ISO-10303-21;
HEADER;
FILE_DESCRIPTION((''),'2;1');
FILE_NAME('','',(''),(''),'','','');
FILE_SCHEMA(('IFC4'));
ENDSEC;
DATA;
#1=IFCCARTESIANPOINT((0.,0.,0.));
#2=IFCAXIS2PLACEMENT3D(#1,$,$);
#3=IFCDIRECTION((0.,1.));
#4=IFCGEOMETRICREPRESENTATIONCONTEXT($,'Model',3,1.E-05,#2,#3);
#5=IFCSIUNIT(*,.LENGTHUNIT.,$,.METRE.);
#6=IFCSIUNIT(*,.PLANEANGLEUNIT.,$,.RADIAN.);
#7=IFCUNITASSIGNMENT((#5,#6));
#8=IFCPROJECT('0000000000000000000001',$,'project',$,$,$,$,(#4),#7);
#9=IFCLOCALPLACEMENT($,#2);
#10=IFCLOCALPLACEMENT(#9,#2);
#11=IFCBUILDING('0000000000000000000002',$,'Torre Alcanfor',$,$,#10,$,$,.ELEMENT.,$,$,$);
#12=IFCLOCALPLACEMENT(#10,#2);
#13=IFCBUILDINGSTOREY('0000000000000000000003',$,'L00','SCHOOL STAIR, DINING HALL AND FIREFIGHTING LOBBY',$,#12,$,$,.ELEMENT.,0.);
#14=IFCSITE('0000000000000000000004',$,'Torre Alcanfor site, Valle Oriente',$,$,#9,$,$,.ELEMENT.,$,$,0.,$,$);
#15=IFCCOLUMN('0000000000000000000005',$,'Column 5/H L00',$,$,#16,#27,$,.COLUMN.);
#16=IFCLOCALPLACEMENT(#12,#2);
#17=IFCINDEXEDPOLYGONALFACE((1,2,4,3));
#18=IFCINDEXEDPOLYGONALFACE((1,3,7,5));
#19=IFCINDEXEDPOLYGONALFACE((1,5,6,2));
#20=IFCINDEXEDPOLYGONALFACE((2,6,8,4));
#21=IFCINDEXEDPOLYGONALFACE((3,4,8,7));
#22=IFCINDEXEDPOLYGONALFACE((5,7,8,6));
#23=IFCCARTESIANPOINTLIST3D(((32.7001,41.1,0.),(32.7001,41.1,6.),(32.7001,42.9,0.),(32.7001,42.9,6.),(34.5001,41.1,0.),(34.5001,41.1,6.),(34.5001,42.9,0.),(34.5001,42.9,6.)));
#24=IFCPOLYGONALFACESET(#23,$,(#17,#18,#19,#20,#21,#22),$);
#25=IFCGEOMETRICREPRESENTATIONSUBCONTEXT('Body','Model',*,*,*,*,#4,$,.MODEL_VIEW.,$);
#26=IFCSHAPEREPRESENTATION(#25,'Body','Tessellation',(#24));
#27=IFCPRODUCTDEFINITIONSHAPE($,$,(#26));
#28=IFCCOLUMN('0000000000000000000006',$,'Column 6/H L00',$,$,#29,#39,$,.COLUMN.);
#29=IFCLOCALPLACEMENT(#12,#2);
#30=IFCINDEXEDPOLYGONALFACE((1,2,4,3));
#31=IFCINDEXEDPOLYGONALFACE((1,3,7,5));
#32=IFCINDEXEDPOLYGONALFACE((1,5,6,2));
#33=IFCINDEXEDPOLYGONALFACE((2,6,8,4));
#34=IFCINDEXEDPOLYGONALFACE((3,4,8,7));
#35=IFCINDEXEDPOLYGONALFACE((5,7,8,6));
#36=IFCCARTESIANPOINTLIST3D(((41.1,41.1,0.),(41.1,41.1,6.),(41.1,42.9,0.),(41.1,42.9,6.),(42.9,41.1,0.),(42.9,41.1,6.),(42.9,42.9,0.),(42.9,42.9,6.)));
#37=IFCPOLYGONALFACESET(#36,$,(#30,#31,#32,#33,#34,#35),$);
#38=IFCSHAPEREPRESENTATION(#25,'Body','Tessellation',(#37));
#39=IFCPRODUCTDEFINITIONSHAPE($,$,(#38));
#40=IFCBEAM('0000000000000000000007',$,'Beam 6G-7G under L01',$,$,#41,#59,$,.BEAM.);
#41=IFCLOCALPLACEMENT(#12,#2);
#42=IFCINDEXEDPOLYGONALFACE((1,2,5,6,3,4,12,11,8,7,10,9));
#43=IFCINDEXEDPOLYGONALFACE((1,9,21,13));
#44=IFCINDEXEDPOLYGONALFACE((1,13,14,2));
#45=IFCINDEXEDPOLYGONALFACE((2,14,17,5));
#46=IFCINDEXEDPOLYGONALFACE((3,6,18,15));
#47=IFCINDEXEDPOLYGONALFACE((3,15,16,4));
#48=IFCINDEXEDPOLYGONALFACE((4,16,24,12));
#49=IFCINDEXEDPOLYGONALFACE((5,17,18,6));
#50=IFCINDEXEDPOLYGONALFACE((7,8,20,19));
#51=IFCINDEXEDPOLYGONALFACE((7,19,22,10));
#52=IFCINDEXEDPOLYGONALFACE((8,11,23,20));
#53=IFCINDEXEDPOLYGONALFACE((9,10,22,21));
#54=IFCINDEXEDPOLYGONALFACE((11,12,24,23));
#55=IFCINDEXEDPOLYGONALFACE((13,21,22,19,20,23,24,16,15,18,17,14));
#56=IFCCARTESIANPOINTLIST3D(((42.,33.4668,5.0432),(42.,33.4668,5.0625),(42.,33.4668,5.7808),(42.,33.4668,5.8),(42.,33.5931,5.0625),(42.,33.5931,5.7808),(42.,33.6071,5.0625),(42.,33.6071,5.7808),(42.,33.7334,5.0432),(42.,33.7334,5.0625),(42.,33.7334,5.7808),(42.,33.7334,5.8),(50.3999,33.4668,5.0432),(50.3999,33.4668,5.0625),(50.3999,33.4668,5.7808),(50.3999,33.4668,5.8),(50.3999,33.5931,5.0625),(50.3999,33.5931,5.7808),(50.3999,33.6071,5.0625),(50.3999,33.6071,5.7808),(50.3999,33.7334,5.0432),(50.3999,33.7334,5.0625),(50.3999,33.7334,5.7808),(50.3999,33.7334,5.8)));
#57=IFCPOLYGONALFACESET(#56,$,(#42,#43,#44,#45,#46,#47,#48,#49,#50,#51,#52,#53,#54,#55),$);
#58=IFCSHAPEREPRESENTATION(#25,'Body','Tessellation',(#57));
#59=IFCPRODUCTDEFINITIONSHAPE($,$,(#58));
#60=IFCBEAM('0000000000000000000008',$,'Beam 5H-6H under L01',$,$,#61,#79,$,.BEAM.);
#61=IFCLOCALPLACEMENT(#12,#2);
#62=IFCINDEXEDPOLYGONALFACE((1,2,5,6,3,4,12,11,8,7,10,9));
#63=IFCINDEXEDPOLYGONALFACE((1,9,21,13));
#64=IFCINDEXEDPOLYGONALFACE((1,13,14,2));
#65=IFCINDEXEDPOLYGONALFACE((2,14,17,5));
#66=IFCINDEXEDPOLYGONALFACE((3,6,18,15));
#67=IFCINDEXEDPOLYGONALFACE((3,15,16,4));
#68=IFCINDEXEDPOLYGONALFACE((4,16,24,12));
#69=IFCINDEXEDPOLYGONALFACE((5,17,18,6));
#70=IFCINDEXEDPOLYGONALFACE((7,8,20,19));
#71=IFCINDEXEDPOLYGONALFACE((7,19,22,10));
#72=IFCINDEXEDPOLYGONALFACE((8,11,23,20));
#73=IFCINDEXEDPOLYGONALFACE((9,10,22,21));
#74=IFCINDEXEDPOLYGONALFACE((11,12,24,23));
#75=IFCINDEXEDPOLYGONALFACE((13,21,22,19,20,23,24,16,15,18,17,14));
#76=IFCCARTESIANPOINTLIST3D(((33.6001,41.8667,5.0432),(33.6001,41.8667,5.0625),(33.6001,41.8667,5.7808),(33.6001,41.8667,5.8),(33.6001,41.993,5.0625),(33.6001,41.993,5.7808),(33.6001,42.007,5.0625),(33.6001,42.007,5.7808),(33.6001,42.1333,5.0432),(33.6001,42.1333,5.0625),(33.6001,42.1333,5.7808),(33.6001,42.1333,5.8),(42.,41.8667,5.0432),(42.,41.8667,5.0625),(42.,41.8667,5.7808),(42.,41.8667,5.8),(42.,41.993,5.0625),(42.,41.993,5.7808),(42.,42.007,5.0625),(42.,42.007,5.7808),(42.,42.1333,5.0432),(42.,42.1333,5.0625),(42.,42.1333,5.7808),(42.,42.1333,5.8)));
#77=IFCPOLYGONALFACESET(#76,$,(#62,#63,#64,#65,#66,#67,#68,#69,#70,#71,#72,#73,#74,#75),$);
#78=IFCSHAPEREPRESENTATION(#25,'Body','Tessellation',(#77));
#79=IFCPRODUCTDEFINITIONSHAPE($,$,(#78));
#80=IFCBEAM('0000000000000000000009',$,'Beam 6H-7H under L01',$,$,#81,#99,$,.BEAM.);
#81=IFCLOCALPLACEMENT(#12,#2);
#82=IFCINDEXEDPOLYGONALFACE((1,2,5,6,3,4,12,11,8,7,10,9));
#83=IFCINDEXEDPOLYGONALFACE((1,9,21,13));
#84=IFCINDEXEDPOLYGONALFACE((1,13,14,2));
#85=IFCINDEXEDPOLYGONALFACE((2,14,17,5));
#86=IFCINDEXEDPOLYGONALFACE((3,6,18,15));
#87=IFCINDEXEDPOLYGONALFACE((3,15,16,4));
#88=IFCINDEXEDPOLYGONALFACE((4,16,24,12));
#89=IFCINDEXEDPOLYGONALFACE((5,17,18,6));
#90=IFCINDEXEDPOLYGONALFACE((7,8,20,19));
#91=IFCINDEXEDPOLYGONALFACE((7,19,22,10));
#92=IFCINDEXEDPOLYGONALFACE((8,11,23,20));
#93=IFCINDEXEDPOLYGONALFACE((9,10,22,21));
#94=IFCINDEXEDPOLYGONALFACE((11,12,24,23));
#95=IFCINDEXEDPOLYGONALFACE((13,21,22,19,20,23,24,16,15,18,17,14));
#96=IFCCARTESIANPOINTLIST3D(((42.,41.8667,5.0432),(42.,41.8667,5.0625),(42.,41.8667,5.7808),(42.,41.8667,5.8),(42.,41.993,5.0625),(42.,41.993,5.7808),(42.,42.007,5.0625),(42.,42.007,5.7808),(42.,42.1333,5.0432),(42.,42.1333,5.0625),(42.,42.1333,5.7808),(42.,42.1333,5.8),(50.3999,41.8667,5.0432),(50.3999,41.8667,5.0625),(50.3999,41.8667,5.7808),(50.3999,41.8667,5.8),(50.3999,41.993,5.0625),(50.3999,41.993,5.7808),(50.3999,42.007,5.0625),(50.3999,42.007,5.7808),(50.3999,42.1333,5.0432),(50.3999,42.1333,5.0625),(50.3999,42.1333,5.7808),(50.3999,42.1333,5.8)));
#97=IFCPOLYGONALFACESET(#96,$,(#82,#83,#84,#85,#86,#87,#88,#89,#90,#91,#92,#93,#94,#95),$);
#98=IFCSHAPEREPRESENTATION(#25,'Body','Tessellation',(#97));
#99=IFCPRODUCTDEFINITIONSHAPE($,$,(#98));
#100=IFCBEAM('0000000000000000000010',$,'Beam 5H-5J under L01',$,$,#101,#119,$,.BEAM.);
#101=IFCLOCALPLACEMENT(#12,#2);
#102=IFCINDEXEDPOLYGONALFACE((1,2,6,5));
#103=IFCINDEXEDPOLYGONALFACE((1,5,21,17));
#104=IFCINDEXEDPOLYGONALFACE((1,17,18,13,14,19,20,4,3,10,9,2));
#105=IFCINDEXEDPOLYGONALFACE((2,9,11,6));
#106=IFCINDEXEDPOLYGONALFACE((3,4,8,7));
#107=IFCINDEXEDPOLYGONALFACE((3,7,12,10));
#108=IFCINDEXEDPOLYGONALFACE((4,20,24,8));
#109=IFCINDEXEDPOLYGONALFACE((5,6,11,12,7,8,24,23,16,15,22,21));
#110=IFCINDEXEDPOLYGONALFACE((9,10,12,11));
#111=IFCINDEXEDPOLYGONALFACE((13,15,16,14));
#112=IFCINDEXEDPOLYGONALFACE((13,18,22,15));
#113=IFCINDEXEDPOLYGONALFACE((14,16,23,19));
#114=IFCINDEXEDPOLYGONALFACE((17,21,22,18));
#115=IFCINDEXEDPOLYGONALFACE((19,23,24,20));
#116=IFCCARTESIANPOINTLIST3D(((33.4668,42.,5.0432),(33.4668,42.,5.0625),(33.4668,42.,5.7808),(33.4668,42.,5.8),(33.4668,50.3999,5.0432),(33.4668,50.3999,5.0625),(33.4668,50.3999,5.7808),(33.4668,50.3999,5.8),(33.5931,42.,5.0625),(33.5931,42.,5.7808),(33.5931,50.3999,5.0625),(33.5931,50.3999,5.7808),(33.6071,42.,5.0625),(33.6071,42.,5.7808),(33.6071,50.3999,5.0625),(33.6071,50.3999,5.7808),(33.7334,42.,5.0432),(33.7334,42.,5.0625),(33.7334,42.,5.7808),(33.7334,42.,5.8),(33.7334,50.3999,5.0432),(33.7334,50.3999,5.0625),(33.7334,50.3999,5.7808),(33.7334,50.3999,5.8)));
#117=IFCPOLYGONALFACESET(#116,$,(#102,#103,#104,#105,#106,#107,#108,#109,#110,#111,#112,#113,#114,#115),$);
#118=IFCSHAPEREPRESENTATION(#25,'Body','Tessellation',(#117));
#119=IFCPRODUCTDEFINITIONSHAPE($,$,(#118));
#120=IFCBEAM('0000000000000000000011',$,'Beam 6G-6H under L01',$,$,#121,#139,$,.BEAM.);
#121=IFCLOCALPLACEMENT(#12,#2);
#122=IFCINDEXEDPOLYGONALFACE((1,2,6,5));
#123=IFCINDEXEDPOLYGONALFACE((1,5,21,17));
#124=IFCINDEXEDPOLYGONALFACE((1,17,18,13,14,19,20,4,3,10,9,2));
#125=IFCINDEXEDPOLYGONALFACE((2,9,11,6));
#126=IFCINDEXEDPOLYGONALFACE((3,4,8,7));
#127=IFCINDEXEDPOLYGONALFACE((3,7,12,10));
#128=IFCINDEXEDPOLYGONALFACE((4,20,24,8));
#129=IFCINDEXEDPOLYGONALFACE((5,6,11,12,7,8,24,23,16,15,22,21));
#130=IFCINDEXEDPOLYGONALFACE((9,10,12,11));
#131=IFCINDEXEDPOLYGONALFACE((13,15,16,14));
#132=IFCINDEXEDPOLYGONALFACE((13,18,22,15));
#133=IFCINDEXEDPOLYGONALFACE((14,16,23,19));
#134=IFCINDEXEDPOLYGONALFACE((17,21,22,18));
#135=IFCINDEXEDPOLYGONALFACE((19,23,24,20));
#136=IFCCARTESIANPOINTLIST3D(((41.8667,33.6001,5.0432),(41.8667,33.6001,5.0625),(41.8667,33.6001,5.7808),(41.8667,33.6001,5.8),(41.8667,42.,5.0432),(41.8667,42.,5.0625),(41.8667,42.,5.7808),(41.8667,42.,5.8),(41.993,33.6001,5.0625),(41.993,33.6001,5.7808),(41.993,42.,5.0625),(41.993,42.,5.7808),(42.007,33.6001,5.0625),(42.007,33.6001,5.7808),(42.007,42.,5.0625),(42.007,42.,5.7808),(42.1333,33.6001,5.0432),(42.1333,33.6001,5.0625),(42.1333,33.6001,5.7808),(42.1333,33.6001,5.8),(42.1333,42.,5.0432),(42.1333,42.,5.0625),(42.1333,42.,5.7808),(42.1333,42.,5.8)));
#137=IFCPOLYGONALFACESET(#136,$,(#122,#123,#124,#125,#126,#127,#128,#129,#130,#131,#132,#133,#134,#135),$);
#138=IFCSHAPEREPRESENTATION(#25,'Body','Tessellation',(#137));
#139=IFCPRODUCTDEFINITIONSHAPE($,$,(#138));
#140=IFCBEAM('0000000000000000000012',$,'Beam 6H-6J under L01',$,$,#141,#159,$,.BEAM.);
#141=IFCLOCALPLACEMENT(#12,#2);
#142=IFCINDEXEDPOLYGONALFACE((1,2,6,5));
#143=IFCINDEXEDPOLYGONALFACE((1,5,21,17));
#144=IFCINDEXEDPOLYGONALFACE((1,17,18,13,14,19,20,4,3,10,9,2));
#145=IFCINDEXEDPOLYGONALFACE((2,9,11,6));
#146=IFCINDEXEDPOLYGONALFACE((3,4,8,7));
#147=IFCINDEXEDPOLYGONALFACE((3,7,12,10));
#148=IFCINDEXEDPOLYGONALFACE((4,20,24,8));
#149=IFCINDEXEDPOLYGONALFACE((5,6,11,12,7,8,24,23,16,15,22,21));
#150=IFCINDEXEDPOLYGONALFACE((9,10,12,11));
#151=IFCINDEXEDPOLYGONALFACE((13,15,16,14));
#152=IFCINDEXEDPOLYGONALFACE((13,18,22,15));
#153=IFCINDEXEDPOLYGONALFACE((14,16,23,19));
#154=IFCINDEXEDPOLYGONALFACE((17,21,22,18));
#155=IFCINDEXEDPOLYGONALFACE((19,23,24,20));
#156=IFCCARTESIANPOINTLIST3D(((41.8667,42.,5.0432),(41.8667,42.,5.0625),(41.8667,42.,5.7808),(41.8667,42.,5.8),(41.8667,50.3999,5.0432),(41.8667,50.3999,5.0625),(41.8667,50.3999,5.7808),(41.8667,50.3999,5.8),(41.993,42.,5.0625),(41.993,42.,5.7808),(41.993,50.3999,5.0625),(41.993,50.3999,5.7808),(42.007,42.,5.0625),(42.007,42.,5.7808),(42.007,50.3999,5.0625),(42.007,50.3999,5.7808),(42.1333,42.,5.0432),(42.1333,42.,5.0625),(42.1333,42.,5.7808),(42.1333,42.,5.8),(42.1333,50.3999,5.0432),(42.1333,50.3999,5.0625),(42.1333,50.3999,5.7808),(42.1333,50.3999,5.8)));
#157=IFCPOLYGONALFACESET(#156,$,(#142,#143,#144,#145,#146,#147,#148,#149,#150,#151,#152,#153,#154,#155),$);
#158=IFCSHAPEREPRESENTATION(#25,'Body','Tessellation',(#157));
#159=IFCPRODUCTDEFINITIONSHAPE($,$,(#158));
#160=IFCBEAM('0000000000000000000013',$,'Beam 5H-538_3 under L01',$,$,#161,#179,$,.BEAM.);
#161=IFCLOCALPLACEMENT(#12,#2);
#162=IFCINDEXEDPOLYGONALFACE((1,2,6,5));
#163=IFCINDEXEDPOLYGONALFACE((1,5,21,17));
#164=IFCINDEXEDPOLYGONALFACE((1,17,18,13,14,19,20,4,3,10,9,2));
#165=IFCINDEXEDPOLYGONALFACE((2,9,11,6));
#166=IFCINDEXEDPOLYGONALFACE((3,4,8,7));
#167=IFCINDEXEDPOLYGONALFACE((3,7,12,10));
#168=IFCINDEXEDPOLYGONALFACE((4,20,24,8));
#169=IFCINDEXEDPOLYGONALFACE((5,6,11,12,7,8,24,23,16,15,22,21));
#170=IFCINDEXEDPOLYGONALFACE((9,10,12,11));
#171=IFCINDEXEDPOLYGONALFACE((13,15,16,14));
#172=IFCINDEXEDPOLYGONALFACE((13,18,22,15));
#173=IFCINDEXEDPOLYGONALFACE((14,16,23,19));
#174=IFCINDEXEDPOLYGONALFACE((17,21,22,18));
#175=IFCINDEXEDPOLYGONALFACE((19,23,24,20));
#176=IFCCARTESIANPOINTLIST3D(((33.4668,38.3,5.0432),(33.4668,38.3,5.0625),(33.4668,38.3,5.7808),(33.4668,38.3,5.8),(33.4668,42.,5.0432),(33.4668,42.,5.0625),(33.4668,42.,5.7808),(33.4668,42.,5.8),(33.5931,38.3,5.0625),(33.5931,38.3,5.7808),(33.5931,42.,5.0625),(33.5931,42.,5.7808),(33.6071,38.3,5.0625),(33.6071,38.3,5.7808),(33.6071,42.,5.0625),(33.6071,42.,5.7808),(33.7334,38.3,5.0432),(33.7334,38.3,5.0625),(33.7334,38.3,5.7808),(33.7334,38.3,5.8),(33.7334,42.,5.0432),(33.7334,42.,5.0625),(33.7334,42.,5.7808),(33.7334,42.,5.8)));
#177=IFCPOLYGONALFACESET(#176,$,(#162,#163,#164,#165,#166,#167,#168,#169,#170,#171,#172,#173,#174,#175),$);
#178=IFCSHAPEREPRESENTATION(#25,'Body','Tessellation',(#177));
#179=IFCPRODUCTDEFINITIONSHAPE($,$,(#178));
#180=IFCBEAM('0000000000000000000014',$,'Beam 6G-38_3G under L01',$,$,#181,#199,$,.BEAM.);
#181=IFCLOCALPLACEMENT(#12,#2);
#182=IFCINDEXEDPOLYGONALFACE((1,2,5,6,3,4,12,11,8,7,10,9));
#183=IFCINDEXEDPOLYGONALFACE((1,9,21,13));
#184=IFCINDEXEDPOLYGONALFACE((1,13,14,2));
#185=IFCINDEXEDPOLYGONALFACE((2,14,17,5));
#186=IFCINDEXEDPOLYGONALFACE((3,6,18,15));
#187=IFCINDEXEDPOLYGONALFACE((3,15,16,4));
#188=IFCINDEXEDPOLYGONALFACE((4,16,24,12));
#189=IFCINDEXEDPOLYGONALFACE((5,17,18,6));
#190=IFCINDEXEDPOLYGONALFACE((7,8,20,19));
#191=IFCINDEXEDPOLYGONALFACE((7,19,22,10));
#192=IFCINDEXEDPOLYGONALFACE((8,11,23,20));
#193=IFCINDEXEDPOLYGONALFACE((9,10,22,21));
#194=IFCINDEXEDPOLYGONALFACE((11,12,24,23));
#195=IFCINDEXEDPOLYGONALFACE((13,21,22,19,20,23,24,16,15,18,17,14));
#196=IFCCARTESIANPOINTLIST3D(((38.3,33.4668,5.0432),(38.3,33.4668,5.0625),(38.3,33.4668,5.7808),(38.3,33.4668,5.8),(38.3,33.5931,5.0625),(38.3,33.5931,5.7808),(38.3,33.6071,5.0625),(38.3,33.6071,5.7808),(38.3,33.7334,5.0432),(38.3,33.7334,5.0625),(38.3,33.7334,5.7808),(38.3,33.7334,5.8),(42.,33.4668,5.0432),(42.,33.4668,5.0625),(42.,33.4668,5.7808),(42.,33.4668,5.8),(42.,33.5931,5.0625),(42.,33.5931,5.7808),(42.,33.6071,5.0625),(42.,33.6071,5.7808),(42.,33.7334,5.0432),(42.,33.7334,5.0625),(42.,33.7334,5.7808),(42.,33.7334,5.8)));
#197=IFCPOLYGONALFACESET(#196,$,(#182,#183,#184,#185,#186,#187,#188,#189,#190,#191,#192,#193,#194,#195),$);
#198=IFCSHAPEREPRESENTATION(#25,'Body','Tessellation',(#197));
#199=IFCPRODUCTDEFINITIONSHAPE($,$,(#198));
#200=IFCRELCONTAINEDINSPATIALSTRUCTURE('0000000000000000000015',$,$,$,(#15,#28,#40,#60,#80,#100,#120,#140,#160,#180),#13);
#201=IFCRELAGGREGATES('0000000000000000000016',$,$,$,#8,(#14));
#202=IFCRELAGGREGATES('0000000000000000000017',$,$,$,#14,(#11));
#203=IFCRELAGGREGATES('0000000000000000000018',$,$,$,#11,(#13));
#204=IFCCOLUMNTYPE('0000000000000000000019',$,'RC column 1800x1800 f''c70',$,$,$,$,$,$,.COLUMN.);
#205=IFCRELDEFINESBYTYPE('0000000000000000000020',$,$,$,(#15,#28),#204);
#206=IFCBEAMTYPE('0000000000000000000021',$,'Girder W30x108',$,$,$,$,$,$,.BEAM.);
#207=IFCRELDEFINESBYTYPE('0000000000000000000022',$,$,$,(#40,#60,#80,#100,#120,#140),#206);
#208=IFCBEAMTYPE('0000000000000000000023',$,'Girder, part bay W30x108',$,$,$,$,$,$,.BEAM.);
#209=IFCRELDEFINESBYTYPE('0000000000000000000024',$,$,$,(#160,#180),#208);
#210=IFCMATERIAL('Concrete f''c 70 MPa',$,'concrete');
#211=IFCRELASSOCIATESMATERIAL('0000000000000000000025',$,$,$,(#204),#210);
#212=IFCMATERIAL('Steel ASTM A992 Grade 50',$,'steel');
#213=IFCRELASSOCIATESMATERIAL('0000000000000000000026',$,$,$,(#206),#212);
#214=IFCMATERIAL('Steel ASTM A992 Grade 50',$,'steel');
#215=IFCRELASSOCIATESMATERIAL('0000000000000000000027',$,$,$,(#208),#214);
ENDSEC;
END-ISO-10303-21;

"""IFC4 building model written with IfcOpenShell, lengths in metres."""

from ifc_helpers import new_model, si_unit, direction, frame, origin, origin_2d, place, context, subcontext, project, spatial, rectangle, i_section, extrude, material, material_profile, profile_set, type_object, element, save


model = new_model("IFC4")

# Units and contexts
model_context = context("Model", 3, precision=1e-05, world=origin(), true_north=direction((0.0, 1.0)))
body_context = subcontext(model_context, "Body", "Model", "MODEL_VIEW")
ifc_project = project(units=[si_unit("LENGTHUNIT", "METRE"), si_unit("PLANEANGLEUNIT", "RADIAN")], contexts=[model_context])

# Site, building, storey
site_placement = place(None, origin())
site = spatial("IfcSite", under=ifc_project, at=site_placement, Name="Torre Alcanfor site, Valle Oriente", CompositionType="ELEMENT", RefElevation=0.0)
building_placement = place(site_placement, origin())
building = spatial("IfcBuilding", under=site, at=building_placement, Name="Torre Alcanfor", CompositionType="ELEMENT")
storey_placement = place(building_placement, origin())
storey = spatial("IfcBuildingStorey", under=building, at=storey_placement, Name="L00", Description="SCHOOL STAIR, DINING HALL AND FIREFIGHTING LOBBY", CompositionType="ELEMENT", Elevation=0.0)

# Columns
ifc_material_1 = material(Name="Concrete f'c 70 MPa", Category="concrete")
ifc_material_profile_1 = material_profile(ifc_material_1, rectangle(XDim=1.8, YDim=1.8, at=origin_2d()), Name="1800x1800")
ifc_profile_set_1 = profile_set([ifc_material_profile_1], Name="Concrete f'c 70 MPa")
column_type = type_object("IfcColumnType", Name="RC column 1800x1800 f'c70", PredefinedType="COLUMN", material=ifc_profile_set_1)
for number, where, z_axis, x_axis, name in (
    (1, (33.6001, 42.0, 0.0), (0.0, 0.0, 1.0), (1.0, 0.0, 0.0), "Column 5/H L00"),
    (2, (42.0, 42.0, 0.0), (0.0, 0.0, 1.0), (1.0, 0.0, 0.0), "Column 6/H L00"),
):
    element("IfcColumn", number, at=place(storey_placement, frame(where, z_axis=z_axis, x_axis=x_axis)), inside=storey, type_object=column_type, Name=name, PredefinedType="COLUMN", context=body_context, shape_type="SweptSolid", body=[
        extrude(rectangle(XDim=1.8, YDim=1.8, at=origin_2d()), origin(), (0.0, 0.0, 1.0), 6.0),
    ])

# Beams
ifc_material_2 = material(Name="Steel ASTM A992 Grade 50", Category="steel")
ifc_material_profile_2 = material_profile(ifc_material_2, i_section(OverallWidth=0.2666, OverallDepth=0.7568, WebThickness=0.0139, FlangeThickness=0.0193, at=origin_2d()), Name="W30x108")
ifc_profile_set_2 = profile_set([ifc_material_profile_2], Name="Steel ASTM A992 Grade 50")
beam_type_1 = type_object("IfcBeamType", Name="Girder W30x108", PredefinedType="BEAM", material=ifc_profile_set_2)
for number, where, z_axis, x_axis, name in (
    (3, (42.0, 33.6001, 5.4216), (1.0, 0.0, 0.0), (0.0, 1.0, 0.0), "Beam 6G-7G under L01"),
    (4, (33.6001, 42.0, 5.4216), (1.0, 0.0, 0.0), (0.0, 1.0, 0.0), "Beam 5H-6H under L01"),
    (5, (42.0, 42.0, 5.4216), (1.0, 0.0, 0.0), (0.0, 1.0, 0.0), "Beam 6H-7H under L01"),
    (6, (33.6001, 42.0, 5.4216), (0.0, 1.0, 0.0), (-1.0, 0.0, 0.0), "Beam 5H-5J under L01"),
    (7, (42.0, 33.6001, 5.4216), (0.0, 1.0, 0.0), (-1.0, 0.0, 0.0), "Beam 6G-6H under L01"),
    (8, (42.0, 42.0, 5.4216), (0.0, 1.0, 0.0), (-1.0, 0.0, 0.0), "Beam 6H-6J under L01"),
):
    element("IfcBeam", number, at=place(storey_placement, frame(where, z_axis=z_axis, x_axis=x_axis)), inside=storey, type_object=beam_type_1, Name=name, PredefinedType="BEAM", context=body_context, shape_type="SweptSolid", body=[
        extrude(i_section(OverallWidth=0.2666, OverallDepth=0.7568, WebThickness=0.0139, FlangeThickness=0.0193, at=origin_2d()), origin(), (0.0, 0.0, 1.0), 8.3999),
    ])
ifc_material_3 = material(Name="Steel ASTM A992 Grade 50", Category="steel")
ifc_material_profile_3 = material_profile(ifc_material_3, i_section(OverallWidth=0.2666, OverallDepth=0.7568, WebThickness=0.0139, FlangeThickness=0.0193, at=origin_2d()), Name="W30x108")
ifc_profile_set_3 = profile_set([ifc_material_profile_3], Name="Steel ASTM A992 Grade 50")
beam_type_2 = type_object("IfcBeamType", Name="Girder, part bay W30x108", PredefinedType="BEAM", material=ifc_profile_set_3)
for number, where, z_axis, x_axis, name in (
    (9, (33.6001, 42.0, 5.4216), (0.0, -1.0, 0.0), (1.0, 0.0, 0.0), "Beam 5H-538_3 under L01"),
    (10, (42.0, 33.6001, 5.4216), (-1.0, 0.0, 0.0), (0.0, -1.0, 0.0), "Beam 6G-38_3G under L01"),
):
    element("IfcBeam", number, at=place(storey_placement, frame(where, z_axis=z_axis, x_axis=x_axis)), inside=storey, type_object=beam_type_2, Name=name, PredefinedType="BEAM", context=body_context, shape_type="SweptSolid", body=[
        extrude(i_section(OverallWidth=0.2666, OverallDepth=0.7568, WebThickness=0.0139, FlangeThickness=0.0193, at=origin_2d()), origin(), (0.0, 0.0, 1.0), 3.7),
    ])

save(model, "model.ifc")
